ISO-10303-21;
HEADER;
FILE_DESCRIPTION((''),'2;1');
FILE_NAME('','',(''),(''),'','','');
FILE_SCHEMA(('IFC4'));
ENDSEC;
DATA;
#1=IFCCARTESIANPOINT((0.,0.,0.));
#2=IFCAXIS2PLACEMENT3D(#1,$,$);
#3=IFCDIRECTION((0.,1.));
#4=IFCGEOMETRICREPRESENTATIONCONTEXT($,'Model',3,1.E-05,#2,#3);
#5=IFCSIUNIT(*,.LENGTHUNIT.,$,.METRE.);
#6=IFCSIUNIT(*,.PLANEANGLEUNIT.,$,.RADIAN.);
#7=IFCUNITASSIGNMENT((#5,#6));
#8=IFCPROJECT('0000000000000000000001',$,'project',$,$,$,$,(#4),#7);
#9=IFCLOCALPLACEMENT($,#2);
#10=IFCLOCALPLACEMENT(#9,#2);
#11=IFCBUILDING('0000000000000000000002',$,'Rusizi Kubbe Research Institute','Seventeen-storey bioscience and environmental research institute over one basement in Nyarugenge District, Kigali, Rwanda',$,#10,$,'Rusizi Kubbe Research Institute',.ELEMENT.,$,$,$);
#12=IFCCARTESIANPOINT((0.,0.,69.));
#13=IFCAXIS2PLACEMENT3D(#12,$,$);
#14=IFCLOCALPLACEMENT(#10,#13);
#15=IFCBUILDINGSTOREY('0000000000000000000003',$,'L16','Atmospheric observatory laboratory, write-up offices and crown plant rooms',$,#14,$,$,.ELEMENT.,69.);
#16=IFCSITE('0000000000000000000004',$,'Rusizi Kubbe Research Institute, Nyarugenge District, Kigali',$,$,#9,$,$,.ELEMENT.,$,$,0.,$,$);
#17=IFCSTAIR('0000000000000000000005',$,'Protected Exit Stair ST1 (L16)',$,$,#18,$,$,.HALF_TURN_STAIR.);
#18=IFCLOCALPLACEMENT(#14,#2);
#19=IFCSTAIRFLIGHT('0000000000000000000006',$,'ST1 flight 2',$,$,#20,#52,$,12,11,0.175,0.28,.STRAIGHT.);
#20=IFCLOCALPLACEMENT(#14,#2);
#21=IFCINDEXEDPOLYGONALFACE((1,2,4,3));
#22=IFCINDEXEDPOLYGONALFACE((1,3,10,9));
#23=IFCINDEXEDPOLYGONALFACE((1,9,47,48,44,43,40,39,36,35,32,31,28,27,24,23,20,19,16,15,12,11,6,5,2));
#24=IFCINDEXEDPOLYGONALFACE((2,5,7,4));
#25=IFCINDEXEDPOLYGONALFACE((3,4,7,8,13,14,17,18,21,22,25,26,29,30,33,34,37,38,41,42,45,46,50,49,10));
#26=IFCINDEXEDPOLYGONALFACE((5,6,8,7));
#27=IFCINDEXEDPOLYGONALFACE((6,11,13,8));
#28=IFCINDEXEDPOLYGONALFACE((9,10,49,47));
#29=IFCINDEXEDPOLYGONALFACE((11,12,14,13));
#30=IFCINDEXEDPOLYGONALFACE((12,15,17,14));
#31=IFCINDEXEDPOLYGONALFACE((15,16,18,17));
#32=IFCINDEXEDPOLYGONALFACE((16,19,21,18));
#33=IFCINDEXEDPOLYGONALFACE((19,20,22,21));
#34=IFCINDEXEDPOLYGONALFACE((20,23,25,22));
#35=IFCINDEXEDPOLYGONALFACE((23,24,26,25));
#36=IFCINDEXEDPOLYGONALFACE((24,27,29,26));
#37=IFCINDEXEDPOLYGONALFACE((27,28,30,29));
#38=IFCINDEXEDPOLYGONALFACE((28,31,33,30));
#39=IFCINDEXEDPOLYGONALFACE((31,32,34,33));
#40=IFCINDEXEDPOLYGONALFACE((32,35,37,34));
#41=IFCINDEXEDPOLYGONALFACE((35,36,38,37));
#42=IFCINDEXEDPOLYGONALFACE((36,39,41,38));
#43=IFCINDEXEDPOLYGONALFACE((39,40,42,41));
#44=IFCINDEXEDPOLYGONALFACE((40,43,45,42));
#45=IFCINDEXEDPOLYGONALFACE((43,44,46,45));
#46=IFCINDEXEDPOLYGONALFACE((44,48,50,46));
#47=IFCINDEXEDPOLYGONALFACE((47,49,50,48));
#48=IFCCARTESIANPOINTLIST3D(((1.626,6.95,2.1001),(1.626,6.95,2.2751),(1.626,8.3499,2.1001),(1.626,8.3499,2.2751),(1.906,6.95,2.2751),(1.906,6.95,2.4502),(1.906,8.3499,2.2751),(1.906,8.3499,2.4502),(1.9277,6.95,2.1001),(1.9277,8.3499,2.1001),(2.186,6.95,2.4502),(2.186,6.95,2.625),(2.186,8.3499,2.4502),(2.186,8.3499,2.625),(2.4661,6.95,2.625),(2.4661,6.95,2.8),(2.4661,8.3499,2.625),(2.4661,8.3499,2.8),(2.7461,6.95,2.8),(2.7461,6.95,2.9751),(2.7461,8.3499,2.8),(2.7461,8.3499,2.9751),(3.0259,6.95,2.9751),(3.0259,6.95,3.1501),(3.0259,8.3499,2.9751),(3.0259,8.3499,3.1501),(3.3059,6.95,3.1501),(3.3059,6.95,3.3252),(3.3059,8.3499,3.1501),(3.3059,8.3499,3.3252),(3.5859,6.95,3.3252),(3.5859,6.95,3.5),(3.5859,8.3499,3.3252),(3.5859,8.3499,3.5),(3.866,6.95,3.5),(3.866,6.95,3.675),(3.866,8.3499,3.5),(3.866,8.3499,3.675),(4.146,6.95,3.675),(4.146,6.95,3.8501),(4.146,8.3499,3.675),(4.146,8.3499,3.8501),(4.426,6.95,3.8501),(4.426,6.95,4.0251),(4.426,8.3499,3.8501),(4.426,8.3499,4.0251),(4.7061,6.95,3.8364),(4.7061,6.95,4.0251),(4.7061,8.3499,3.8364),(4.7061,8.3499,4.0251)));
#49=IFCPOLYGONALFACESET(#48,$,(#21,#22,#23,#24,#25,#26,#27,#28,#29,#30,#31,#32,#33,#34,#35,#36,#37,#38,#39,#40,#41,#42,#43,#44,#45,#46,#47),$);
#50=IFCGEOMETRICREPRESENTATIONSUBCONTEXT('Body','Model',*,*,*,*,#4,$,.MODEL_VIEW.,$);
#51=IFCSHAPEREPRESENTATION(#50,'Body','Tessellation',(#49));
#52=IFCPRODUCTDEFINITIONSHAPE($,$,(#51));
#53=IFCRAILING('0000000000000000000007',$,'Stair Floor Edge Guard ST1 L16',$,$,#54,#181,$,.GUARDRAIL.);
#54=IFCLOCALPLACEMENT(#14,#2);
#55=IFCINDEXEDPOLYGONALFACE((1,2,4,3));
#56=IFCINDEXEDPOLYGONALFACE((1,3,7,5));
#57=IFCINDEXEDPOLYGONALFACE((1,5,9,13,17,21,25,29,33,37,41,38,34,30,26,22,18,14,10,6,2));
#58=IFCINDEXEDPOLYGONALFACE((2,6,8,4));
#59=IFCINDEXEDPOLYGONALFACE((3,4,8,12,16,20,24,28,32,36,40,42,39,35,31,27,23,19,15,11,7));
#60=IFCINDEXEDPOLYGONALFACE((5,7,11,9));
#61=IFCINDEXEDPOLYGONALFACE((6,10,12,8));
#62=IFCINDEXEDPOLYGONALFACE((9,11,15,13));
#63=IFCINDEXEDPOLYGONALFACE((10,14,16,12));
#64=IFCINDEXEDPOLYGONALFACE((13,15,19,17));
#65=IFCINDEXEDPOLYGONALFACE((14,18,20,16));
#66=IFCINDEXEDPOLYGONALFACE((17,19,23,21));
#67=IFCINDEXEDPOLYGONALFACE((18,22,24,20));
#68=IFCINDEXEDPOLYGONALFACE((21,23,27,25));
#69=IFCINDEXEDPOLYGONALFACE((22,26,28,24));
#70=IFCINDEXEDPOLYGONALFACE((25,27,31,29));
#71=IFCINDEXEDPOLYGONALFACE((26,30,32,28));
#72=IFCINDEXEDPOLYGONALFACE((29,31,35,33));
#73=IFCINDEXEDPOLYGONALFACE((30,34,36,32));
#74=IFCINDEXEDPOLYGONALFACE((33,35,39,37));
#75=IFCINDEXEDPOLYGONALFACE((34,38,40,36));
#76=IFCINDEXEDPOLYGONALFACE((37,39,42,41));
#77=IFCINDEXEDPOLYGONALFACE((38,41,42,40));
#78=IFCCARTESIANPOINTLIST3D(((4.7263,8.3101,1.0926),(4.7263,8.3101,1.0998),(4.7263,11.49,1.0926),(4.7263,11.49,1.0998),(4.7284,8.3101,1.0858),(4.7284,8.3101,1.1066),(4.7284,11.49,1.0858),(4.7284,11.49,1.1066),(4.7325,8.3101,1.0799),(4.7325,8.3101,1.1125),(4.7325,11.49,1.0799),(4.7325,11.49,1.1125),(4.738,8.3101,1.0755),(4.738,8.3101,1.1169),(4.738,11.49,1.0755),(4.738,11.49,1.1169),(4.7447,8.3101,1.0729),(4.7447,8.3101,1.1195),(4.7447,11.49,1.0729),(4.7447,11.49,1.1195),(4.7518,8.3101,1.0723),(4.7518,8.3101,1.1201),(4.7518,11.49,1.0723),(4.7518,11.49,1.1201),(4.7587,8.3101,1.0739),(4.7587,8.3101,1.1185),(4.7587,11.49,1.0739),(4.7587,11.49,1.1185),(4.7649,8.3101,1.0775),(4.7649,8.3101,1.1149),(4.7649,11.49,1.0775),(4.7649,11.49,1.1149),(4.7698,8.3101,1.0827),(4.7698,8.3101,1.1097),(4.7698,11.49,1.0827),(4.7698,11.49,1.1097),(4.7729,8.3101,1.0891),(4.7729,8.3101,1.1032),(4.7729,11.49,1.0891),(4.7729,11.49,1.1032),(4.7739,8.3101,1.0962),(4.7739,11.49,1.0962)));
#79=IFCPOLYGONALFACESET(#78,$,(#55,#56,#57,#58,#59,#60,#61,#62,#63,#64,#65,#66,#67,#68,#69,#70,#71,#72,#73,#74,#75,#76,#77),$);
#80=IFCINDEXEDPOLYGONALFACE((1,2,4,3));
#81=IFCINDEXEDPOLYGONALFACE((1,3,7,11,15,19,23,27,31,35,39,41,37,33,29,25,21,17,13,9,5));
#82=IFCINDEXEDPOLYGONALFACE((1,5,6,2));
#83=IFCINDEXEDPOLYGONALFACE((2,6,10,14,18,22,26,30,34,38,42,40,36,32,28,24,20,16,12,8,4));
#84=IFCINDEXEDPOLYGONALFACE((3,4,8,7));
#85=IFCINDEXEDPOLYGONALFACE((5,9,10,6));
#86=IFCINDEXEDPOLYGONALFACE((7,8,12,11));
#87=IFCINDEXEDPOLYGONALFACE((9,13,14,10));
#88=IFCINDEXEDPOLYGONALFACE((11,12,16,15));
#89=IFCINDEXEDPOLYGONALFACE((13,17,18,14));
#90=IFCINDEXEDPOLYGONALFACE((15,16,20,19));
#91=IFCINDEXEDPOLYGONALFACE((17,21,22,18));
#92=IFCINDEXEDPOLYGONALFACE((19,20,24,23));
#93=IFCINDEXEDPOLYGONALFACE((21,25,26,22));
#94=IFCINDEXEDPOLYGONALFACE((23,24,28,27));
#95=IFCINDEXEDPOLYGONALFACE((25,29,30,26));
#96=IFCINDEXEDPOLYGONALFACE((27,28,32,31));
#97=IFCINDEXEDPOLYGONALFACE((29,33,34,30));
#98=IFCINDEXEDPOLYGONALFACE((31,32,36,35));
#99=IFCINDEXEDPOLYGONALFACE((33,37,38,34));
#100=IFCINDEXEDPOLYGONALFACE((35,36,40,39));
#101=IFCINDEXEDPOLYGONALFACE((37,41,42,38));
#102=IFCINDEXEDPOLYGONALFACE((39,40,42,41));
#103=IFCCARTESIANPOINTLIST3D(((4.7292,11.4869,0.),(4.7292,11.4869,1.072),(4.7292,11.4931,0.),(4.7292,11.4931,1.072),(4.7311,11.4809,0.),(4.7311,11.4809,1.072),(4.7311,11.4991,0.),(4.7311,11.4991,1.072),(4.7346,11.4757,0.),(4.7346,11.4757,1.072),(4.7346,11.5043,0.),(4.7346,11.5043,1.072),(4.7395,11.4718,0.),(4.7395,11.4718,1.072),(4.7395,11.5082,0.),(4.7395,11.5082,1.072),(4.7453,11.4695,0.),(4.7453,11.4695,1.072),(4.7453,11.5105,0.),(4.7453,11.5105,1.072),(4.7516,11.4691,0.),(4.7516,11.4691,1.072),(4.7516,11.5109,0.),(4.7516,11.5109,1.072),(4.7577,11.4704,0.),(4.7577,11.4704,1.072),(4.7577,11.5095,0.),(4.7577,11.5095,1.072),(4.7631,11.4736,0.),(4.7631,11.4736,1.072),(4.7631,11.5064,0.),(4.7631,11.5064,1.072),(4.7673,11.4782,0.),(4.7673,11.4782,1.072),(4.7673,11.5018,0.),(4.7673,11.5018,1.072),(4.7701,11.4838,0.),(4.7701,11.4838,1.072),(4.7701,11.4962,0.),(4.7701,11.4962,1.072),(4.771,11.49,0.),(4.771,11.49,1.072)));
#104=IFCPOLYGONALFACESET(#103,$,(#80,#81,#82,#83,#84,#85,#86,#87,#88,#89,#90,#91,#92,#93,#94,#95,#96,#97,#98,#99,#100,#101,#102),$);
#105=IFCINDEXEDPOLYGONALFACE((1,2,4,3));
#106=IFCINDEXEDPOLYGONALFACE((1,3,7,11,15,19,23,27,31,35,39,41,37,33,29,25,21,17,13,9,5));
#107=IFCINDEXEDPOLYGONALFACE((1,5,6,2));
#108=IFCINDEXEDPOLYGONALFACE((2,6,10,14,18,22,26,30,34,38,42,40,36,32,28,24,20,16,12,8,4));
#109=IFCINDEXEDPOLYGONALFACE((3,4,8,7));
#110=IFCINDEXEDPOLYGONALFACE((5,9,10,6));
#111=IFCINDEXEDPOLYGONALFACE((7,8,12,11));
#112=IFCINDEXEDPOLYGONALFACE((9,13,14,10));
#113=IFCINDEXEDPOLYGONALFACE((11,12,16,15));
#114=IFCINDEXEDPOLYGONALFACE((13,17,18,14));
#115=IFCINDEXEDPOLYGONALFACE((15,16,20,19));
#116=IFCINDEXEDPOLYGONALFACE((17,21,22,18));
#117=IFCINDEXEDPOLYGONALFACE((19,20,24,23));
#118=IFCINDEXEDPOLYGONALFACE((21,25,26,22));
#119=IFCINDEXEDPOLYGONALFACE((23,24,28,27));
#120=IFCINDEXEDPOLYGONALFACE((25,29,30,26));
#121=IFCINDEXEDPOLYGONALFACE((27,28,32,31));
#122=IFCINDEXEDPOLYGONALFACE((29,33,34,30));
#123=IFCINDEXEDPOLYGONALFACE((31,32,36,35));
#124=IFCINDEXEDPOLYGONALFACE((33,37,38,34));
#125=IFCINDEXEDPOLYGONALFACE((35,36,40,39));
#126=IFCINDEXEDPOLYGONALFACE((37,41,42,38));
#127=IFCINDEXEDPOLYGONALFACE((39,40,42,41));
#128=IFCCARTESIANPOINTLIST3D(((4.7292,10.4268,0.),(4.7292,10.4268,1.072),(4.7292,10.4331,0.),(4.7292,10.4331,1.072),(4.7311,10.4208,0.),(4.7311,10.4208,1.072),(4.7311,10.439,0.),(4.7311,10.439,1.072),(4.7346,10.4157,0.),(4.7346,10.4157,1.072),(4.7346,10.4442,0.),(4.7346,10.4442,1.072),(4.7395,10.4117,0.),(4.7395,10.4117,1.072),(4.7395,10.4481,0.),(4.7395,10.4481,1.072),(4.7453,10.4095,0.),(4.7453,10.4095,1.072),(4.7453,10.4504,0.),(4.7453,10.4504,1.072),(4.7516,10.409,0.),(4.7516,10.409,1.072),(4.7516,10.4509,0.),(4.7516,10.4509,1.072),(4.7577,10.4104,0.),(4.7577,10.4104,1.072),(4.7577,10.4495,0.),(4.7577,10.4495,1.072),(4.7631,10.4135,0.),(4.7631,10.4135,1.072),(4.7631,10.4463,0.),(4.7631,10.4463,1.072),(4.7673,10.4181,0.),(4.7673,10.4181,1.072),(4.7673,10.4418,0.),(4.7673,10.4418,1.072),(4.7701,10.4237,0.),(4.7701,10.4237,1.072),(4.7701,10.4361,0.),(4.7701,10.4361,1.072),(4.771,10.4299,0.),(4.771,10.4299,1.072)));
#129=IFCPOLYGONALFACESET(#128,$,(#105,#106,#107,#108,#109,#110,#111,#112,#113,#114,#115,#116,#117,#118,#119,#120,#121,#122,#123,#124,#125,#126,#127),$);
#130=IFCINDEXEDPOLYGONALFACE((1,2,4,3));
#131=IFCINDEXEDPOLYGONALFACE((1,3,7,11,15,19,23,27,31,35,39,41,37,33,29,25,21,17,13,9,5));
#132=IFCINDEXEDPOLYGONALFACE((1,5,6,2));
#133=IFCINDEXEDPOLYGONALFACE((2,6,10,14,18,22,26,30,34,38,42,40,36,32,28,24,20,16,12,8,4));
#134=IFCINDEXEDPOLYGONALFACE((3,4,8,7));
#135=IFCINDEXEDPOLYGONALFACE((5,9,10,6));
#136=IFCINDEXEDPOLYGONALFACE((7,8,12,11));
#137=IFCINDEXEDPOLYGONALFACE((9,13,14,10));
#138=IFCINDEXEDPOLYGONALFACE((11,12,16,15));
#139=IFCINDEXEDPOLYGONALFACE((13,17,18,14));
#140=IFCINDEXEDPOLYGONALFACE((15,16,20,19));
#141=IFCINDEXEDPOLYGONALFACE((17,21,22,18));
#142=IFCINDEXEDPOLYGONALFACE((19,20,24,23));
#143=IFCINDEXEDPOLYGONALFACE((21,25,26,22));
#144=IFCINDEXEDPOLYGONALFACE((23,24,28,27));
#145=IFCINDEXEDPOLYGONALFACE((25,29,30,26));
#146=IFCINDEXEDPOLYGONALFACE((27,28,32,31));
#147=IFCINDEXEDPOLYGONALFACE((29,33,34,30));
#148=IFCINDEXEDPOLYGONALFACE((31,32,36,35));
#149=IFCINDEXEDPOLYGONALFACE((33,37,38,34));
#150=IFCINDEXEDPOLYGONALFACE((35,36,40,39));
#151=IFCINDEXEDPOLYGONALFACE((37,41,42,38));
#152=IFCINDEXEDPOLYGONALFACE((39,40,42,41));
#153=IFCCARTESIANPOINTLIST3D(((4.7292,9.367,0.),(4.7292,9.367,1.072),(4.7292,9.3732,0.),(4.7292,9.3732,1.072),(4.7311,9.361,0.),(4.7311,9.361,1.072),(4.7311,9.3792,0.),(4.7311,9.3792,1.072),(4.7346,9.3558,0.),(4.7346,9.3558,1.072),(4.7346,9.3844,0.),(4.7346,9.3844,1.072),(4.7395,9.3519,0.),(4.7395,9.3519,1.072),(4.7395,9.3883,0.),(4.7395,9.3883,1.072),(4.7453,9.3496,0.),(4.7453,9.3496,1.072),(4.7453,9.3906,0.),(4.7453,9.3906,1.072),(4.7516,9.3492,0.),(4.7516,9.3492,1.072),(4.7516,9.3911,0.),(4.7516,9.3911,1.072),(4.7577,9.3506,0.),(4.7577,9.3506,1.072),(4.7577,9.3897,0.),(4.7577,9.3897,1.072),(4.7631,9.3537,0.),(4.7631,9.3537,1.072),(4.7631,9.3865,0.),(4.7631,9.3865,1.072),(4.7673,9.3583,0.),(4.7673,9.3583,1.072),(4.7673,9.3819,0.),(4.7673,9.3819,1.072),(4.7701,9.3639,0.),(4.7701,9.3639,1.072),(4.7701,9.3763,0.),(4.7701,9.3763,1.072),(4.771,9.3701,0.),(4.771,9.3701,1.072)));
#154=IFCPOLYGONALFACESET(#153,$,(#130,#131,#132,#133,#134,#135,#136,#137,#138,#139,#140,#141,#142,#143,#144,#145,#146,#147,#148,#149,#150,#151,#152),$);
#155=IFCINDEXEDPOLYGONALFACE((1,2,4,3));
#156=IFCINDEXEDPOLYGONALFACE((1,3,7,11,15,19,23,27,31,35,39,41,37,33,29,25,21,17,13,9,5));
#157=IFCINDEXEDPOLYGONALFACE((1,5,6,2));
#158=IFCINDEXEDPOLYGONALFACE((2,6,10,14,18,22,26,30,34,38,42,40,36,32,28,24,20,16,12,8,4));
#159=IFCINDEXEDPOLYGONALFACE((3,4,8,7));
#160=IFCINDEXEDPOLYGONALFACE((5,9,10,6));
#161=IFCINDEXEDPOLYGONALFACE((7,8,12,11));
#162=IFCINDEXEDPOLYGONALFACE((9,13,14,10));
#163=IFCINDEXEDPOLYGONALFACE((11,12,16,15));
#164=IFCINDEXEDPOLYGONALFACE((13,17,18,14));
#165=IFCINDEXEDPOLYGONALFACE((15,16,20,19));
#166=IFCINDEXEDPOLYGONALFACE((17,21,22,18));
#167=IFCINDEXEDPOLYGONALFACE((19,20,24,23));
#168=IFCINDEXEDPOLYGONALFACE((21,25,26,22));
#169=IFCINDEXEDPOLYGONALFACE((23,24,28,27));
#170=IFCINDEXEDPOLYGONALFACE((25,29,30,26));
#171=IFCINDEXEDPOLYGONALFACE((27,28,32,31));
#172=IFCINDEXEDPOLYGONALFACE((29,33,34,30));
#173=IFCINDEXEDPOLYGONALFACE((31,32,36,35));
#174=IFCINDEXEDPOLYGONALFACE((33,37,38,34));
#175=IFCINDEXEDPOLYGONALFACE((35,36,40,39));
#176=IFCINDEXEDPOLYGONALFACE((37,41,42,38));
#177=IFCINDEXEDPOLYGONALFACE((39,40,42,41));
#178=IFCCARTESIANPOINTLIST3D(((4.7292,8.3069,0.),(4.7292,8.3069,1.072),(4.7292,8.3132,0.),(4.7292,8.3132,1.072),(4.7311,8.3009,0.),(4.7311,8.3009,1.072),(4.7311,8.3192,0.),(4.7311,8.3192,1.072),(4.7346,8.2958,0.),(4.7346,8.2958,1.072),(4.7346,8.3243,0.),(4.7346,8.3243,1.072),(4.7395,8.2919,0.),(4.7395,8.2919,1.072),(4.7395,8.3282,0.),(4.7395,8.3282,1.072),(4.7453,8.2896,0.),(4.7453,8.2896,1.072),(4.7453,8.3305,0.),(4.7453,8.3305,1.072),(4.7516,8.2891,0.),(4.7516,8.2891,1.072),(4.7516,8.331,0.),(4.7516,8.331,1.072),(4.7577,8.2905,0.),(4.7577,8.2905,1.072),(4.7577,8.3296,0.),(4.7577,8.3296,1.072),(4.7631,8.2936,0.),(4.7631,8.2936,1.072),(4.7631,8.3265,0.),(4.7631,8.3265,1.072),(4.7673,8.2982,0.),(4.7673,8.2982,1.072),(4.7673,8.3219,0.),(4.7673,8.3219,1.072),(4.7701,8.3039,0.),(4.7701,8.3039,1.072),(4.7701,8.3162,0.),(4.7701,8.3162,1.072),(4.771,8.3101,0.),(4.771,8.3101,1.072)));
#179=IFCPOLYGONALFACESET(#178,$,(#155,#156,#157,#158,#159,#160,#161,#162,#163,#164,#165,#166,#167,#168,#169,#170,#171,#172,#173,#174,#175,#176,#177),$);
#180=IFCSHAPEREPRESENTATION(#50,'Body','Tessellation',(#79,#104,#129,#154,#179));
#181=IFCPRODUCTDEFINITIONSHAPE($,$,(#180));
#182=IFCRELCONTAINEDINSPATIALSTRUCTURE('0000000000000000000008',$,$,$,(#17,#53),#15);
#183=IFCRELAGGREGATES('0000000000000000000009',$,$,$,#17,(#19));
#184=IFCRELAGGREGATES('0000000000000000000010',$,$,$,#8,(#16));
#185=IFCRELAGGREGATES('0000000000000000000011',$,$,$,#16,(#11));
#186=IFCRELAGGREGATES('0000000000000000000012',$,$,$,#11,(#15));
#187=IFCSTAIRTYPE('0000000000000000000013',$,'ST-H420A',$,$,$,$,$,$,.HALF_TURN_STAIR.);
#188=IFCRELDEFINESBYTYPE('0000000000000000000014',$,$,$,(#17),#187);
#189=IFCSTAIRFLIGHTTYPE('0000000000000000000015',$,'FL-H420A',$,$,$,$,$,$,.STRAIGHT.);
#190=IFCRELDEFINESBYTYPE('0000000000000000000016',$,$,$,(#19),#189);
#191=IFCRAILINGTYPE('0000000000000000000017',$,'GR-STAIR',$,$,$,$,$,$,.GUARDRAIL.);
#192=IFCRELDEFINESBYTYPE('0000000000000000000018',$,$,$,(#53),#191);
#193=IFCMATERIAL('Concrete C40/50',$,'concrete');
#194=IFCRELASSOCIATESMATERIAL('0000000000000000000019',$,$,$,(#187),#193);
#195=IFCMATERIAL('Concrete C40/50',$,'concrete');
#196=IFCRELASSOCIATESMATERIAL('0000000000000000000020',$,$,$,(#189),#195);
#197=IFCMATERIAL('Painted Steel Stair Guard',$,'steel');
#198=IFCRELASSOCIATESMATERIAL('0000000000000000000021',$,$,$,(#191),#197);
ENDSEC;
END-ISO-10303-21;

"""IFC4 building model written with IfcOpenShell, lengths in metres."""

from ifc_helpers import new_model, si_unit, direction, frame, origin, origin_2d, place, context, subcontext, project, spatial, polyline, circle, outline, extrude, material, type_object, element, aggregate, save


model = new_model("IFC4")

# Units and contexts
model_context = context("Model", 3, precision=1e-05, world=origin(), true_north=direction((0.0, 1.0)))
body_context = subcontext(model_context, "Body", "Model", "MODEL_VIEW")
ifc_project = project(units=[si_unit("LENGTHUNIT", "METRE"), si_unit("PLANEANGLEUNIT", "RADIAN")], contexts=[model_context])

# Site, building, storey
site_placement = place(None, origin())
site = spatial("IfcSite", under=ifc_project, at=site_placement, Name="Rusizi Kubbe Research Institute, Nyarugenge District, Kigali", CompositionType="ELEMENT", RefElevation=0.0)
building_placement = place(site_placement, origin())
building = spatial("IfcBuilding", under=site, at=building_placement, Name="Rusizi Kubbe Research Institute", Description="Seventeen-storey bioscience and environmental research institute over one basement in Nyarugenge District, Kigali, Rwanda", LongName="Rusizi Kubbe Research Institute", CompositionType="ELEMENT")
storey_placement = place(building_placement, frame((0.0, 0.0, 69.0)))
storey = spatial("IfcBuildingStorey", under=building, at=storey_placement, Name="L16", Description="Atmospheric observatory laboratory, write-up offices and crown plant rooms", CompositionType="ELEMENT", Elevation=69.0)

# Stair, stair flight
ifc_material_1 = material(Name="Concrete C40/50", Category="concrete")
stair_type = type_object("IfcStairType", Name="ST-H420A", PredefinedType="HALF_TURN_STAIR", material=ifc_material_1)
stair_placement = place(storey_placement, origin())
stair = element("IfcStair", 1, at=stair_placement, inside=storey, type_object=stair_type, Name="Protected Exit Stair ST1 (L16)", PredefinedType="HALF_TURN_STAIR")
ifc_material_2 = material(Name="Concrete C40/50", Category="concrete")
stair_flight_type = type_object("IfcStairFlightType", Name="FL-H420A", PredefinedType="STRAIGHT", material=ifc_material_2)
stair_flight_1_placement = place(storey_placement, frame((1.626, 7.6499, 2.1001), z_axis=(0.0, 0.0, 1.0), x_axis=(1.0, 0.0, 0.0)))
stair_flight_1 = element("IfcStairFlight", 2, at=stair_flight_1_placement, type_object=stair_flight_type, Name="ST1 flight 2", NumberOfRisers=12, NumberOfTreads=11, PredefinedType="STRAIGHT", RiserHeight=0.175, TreadLength=0.28, context=body_context, shape_type="SweptSolid", body=[
    extrude(outline(polyline([(0.0, 0.0), (0.0, 0.175), (0.28, 0.175), (0.28, 0.3501), (0.5601, 0.3501), (0.5601, 0.5249), (0.8401, 0.5249), (0.8401, 0.7), (1.1201, 0.7), (1.1201, 0.875), (1.3999, 0.875), (1.3999, 1.05), (1.6799, 1.05), (1.6799, 1.2251), (1.96, 1.2251), (1.96, 1.3999), (2.24, 1.3999), (2.24, 1.575), (2.52, 1.575), (2.52, 1.75), (2.8, 1.75), (2.8, 1.925), (3.0801, 1.925), (3.0801, 2.1001), (3.0801, 1.7363), (0.3018, 0.0), (0.0, 0.0)])), frame((0.0, 0.7, 0.0), z_axis=(0.0, -1.0, 0.0), x_axis=(1.0, 0.0, 0.0)), (0.0, 0.0, 1.0), 1.3999),
])
aggregate(stair, [stair_flight_1])

# Railing
ifc_material_3 = material(Name="Painted Steel Stair Guard", Category="steel")
railing_type_1 = type_object("IfcRailingType", Name="GR-STAIR", PredefinedType="GUARDRAIL", material=ifc_material_3)
railing_1_placement = place(storey_placement, frame((4.75, 11.49, 0.0)))
element("IfcRailing", 3, at=railing_1_placement, inside=storey, type_object=railing_type_1, Name="Stair Floor Edge Guard ST1 L16", PredefinedType="GUARDRAIL", context=body_context, shape_type="SweptSolid", body=[
    extrude(circle(Radius=0.0239, at=origin_2d()), frame((0.0, 0.0, 1.0962), z_axis=(0.0, -1.0, 0.0), x_axis=(1.0, 0.0, 0.0)), (0.0, 0.0, 1.0), 3.1799),
    extrude(circle(Radius=0.021, at=origin_2d()), origin(), (0.0, 0.0, 1.0), 1.072),
    extrude(circle(Radius=0.021, at=origin_2d()), frame((0.0, -1.0601, 0.0)), (0.0, 0.0, 1.0), 1.072),
    extrude(circle(Radius=0.021, at=origin_2d()), frame((0.0, -2.1199, 0.0)), (0.0, 0.0, 1.0), 1.072),
    extrude(circle(Radius=0.021, at=origin_2d()), frame((0.0, -3.1799, 0.0)), (0.0, 0.0, 1.0), 1.072),
])

save(model, "model.ifc")
